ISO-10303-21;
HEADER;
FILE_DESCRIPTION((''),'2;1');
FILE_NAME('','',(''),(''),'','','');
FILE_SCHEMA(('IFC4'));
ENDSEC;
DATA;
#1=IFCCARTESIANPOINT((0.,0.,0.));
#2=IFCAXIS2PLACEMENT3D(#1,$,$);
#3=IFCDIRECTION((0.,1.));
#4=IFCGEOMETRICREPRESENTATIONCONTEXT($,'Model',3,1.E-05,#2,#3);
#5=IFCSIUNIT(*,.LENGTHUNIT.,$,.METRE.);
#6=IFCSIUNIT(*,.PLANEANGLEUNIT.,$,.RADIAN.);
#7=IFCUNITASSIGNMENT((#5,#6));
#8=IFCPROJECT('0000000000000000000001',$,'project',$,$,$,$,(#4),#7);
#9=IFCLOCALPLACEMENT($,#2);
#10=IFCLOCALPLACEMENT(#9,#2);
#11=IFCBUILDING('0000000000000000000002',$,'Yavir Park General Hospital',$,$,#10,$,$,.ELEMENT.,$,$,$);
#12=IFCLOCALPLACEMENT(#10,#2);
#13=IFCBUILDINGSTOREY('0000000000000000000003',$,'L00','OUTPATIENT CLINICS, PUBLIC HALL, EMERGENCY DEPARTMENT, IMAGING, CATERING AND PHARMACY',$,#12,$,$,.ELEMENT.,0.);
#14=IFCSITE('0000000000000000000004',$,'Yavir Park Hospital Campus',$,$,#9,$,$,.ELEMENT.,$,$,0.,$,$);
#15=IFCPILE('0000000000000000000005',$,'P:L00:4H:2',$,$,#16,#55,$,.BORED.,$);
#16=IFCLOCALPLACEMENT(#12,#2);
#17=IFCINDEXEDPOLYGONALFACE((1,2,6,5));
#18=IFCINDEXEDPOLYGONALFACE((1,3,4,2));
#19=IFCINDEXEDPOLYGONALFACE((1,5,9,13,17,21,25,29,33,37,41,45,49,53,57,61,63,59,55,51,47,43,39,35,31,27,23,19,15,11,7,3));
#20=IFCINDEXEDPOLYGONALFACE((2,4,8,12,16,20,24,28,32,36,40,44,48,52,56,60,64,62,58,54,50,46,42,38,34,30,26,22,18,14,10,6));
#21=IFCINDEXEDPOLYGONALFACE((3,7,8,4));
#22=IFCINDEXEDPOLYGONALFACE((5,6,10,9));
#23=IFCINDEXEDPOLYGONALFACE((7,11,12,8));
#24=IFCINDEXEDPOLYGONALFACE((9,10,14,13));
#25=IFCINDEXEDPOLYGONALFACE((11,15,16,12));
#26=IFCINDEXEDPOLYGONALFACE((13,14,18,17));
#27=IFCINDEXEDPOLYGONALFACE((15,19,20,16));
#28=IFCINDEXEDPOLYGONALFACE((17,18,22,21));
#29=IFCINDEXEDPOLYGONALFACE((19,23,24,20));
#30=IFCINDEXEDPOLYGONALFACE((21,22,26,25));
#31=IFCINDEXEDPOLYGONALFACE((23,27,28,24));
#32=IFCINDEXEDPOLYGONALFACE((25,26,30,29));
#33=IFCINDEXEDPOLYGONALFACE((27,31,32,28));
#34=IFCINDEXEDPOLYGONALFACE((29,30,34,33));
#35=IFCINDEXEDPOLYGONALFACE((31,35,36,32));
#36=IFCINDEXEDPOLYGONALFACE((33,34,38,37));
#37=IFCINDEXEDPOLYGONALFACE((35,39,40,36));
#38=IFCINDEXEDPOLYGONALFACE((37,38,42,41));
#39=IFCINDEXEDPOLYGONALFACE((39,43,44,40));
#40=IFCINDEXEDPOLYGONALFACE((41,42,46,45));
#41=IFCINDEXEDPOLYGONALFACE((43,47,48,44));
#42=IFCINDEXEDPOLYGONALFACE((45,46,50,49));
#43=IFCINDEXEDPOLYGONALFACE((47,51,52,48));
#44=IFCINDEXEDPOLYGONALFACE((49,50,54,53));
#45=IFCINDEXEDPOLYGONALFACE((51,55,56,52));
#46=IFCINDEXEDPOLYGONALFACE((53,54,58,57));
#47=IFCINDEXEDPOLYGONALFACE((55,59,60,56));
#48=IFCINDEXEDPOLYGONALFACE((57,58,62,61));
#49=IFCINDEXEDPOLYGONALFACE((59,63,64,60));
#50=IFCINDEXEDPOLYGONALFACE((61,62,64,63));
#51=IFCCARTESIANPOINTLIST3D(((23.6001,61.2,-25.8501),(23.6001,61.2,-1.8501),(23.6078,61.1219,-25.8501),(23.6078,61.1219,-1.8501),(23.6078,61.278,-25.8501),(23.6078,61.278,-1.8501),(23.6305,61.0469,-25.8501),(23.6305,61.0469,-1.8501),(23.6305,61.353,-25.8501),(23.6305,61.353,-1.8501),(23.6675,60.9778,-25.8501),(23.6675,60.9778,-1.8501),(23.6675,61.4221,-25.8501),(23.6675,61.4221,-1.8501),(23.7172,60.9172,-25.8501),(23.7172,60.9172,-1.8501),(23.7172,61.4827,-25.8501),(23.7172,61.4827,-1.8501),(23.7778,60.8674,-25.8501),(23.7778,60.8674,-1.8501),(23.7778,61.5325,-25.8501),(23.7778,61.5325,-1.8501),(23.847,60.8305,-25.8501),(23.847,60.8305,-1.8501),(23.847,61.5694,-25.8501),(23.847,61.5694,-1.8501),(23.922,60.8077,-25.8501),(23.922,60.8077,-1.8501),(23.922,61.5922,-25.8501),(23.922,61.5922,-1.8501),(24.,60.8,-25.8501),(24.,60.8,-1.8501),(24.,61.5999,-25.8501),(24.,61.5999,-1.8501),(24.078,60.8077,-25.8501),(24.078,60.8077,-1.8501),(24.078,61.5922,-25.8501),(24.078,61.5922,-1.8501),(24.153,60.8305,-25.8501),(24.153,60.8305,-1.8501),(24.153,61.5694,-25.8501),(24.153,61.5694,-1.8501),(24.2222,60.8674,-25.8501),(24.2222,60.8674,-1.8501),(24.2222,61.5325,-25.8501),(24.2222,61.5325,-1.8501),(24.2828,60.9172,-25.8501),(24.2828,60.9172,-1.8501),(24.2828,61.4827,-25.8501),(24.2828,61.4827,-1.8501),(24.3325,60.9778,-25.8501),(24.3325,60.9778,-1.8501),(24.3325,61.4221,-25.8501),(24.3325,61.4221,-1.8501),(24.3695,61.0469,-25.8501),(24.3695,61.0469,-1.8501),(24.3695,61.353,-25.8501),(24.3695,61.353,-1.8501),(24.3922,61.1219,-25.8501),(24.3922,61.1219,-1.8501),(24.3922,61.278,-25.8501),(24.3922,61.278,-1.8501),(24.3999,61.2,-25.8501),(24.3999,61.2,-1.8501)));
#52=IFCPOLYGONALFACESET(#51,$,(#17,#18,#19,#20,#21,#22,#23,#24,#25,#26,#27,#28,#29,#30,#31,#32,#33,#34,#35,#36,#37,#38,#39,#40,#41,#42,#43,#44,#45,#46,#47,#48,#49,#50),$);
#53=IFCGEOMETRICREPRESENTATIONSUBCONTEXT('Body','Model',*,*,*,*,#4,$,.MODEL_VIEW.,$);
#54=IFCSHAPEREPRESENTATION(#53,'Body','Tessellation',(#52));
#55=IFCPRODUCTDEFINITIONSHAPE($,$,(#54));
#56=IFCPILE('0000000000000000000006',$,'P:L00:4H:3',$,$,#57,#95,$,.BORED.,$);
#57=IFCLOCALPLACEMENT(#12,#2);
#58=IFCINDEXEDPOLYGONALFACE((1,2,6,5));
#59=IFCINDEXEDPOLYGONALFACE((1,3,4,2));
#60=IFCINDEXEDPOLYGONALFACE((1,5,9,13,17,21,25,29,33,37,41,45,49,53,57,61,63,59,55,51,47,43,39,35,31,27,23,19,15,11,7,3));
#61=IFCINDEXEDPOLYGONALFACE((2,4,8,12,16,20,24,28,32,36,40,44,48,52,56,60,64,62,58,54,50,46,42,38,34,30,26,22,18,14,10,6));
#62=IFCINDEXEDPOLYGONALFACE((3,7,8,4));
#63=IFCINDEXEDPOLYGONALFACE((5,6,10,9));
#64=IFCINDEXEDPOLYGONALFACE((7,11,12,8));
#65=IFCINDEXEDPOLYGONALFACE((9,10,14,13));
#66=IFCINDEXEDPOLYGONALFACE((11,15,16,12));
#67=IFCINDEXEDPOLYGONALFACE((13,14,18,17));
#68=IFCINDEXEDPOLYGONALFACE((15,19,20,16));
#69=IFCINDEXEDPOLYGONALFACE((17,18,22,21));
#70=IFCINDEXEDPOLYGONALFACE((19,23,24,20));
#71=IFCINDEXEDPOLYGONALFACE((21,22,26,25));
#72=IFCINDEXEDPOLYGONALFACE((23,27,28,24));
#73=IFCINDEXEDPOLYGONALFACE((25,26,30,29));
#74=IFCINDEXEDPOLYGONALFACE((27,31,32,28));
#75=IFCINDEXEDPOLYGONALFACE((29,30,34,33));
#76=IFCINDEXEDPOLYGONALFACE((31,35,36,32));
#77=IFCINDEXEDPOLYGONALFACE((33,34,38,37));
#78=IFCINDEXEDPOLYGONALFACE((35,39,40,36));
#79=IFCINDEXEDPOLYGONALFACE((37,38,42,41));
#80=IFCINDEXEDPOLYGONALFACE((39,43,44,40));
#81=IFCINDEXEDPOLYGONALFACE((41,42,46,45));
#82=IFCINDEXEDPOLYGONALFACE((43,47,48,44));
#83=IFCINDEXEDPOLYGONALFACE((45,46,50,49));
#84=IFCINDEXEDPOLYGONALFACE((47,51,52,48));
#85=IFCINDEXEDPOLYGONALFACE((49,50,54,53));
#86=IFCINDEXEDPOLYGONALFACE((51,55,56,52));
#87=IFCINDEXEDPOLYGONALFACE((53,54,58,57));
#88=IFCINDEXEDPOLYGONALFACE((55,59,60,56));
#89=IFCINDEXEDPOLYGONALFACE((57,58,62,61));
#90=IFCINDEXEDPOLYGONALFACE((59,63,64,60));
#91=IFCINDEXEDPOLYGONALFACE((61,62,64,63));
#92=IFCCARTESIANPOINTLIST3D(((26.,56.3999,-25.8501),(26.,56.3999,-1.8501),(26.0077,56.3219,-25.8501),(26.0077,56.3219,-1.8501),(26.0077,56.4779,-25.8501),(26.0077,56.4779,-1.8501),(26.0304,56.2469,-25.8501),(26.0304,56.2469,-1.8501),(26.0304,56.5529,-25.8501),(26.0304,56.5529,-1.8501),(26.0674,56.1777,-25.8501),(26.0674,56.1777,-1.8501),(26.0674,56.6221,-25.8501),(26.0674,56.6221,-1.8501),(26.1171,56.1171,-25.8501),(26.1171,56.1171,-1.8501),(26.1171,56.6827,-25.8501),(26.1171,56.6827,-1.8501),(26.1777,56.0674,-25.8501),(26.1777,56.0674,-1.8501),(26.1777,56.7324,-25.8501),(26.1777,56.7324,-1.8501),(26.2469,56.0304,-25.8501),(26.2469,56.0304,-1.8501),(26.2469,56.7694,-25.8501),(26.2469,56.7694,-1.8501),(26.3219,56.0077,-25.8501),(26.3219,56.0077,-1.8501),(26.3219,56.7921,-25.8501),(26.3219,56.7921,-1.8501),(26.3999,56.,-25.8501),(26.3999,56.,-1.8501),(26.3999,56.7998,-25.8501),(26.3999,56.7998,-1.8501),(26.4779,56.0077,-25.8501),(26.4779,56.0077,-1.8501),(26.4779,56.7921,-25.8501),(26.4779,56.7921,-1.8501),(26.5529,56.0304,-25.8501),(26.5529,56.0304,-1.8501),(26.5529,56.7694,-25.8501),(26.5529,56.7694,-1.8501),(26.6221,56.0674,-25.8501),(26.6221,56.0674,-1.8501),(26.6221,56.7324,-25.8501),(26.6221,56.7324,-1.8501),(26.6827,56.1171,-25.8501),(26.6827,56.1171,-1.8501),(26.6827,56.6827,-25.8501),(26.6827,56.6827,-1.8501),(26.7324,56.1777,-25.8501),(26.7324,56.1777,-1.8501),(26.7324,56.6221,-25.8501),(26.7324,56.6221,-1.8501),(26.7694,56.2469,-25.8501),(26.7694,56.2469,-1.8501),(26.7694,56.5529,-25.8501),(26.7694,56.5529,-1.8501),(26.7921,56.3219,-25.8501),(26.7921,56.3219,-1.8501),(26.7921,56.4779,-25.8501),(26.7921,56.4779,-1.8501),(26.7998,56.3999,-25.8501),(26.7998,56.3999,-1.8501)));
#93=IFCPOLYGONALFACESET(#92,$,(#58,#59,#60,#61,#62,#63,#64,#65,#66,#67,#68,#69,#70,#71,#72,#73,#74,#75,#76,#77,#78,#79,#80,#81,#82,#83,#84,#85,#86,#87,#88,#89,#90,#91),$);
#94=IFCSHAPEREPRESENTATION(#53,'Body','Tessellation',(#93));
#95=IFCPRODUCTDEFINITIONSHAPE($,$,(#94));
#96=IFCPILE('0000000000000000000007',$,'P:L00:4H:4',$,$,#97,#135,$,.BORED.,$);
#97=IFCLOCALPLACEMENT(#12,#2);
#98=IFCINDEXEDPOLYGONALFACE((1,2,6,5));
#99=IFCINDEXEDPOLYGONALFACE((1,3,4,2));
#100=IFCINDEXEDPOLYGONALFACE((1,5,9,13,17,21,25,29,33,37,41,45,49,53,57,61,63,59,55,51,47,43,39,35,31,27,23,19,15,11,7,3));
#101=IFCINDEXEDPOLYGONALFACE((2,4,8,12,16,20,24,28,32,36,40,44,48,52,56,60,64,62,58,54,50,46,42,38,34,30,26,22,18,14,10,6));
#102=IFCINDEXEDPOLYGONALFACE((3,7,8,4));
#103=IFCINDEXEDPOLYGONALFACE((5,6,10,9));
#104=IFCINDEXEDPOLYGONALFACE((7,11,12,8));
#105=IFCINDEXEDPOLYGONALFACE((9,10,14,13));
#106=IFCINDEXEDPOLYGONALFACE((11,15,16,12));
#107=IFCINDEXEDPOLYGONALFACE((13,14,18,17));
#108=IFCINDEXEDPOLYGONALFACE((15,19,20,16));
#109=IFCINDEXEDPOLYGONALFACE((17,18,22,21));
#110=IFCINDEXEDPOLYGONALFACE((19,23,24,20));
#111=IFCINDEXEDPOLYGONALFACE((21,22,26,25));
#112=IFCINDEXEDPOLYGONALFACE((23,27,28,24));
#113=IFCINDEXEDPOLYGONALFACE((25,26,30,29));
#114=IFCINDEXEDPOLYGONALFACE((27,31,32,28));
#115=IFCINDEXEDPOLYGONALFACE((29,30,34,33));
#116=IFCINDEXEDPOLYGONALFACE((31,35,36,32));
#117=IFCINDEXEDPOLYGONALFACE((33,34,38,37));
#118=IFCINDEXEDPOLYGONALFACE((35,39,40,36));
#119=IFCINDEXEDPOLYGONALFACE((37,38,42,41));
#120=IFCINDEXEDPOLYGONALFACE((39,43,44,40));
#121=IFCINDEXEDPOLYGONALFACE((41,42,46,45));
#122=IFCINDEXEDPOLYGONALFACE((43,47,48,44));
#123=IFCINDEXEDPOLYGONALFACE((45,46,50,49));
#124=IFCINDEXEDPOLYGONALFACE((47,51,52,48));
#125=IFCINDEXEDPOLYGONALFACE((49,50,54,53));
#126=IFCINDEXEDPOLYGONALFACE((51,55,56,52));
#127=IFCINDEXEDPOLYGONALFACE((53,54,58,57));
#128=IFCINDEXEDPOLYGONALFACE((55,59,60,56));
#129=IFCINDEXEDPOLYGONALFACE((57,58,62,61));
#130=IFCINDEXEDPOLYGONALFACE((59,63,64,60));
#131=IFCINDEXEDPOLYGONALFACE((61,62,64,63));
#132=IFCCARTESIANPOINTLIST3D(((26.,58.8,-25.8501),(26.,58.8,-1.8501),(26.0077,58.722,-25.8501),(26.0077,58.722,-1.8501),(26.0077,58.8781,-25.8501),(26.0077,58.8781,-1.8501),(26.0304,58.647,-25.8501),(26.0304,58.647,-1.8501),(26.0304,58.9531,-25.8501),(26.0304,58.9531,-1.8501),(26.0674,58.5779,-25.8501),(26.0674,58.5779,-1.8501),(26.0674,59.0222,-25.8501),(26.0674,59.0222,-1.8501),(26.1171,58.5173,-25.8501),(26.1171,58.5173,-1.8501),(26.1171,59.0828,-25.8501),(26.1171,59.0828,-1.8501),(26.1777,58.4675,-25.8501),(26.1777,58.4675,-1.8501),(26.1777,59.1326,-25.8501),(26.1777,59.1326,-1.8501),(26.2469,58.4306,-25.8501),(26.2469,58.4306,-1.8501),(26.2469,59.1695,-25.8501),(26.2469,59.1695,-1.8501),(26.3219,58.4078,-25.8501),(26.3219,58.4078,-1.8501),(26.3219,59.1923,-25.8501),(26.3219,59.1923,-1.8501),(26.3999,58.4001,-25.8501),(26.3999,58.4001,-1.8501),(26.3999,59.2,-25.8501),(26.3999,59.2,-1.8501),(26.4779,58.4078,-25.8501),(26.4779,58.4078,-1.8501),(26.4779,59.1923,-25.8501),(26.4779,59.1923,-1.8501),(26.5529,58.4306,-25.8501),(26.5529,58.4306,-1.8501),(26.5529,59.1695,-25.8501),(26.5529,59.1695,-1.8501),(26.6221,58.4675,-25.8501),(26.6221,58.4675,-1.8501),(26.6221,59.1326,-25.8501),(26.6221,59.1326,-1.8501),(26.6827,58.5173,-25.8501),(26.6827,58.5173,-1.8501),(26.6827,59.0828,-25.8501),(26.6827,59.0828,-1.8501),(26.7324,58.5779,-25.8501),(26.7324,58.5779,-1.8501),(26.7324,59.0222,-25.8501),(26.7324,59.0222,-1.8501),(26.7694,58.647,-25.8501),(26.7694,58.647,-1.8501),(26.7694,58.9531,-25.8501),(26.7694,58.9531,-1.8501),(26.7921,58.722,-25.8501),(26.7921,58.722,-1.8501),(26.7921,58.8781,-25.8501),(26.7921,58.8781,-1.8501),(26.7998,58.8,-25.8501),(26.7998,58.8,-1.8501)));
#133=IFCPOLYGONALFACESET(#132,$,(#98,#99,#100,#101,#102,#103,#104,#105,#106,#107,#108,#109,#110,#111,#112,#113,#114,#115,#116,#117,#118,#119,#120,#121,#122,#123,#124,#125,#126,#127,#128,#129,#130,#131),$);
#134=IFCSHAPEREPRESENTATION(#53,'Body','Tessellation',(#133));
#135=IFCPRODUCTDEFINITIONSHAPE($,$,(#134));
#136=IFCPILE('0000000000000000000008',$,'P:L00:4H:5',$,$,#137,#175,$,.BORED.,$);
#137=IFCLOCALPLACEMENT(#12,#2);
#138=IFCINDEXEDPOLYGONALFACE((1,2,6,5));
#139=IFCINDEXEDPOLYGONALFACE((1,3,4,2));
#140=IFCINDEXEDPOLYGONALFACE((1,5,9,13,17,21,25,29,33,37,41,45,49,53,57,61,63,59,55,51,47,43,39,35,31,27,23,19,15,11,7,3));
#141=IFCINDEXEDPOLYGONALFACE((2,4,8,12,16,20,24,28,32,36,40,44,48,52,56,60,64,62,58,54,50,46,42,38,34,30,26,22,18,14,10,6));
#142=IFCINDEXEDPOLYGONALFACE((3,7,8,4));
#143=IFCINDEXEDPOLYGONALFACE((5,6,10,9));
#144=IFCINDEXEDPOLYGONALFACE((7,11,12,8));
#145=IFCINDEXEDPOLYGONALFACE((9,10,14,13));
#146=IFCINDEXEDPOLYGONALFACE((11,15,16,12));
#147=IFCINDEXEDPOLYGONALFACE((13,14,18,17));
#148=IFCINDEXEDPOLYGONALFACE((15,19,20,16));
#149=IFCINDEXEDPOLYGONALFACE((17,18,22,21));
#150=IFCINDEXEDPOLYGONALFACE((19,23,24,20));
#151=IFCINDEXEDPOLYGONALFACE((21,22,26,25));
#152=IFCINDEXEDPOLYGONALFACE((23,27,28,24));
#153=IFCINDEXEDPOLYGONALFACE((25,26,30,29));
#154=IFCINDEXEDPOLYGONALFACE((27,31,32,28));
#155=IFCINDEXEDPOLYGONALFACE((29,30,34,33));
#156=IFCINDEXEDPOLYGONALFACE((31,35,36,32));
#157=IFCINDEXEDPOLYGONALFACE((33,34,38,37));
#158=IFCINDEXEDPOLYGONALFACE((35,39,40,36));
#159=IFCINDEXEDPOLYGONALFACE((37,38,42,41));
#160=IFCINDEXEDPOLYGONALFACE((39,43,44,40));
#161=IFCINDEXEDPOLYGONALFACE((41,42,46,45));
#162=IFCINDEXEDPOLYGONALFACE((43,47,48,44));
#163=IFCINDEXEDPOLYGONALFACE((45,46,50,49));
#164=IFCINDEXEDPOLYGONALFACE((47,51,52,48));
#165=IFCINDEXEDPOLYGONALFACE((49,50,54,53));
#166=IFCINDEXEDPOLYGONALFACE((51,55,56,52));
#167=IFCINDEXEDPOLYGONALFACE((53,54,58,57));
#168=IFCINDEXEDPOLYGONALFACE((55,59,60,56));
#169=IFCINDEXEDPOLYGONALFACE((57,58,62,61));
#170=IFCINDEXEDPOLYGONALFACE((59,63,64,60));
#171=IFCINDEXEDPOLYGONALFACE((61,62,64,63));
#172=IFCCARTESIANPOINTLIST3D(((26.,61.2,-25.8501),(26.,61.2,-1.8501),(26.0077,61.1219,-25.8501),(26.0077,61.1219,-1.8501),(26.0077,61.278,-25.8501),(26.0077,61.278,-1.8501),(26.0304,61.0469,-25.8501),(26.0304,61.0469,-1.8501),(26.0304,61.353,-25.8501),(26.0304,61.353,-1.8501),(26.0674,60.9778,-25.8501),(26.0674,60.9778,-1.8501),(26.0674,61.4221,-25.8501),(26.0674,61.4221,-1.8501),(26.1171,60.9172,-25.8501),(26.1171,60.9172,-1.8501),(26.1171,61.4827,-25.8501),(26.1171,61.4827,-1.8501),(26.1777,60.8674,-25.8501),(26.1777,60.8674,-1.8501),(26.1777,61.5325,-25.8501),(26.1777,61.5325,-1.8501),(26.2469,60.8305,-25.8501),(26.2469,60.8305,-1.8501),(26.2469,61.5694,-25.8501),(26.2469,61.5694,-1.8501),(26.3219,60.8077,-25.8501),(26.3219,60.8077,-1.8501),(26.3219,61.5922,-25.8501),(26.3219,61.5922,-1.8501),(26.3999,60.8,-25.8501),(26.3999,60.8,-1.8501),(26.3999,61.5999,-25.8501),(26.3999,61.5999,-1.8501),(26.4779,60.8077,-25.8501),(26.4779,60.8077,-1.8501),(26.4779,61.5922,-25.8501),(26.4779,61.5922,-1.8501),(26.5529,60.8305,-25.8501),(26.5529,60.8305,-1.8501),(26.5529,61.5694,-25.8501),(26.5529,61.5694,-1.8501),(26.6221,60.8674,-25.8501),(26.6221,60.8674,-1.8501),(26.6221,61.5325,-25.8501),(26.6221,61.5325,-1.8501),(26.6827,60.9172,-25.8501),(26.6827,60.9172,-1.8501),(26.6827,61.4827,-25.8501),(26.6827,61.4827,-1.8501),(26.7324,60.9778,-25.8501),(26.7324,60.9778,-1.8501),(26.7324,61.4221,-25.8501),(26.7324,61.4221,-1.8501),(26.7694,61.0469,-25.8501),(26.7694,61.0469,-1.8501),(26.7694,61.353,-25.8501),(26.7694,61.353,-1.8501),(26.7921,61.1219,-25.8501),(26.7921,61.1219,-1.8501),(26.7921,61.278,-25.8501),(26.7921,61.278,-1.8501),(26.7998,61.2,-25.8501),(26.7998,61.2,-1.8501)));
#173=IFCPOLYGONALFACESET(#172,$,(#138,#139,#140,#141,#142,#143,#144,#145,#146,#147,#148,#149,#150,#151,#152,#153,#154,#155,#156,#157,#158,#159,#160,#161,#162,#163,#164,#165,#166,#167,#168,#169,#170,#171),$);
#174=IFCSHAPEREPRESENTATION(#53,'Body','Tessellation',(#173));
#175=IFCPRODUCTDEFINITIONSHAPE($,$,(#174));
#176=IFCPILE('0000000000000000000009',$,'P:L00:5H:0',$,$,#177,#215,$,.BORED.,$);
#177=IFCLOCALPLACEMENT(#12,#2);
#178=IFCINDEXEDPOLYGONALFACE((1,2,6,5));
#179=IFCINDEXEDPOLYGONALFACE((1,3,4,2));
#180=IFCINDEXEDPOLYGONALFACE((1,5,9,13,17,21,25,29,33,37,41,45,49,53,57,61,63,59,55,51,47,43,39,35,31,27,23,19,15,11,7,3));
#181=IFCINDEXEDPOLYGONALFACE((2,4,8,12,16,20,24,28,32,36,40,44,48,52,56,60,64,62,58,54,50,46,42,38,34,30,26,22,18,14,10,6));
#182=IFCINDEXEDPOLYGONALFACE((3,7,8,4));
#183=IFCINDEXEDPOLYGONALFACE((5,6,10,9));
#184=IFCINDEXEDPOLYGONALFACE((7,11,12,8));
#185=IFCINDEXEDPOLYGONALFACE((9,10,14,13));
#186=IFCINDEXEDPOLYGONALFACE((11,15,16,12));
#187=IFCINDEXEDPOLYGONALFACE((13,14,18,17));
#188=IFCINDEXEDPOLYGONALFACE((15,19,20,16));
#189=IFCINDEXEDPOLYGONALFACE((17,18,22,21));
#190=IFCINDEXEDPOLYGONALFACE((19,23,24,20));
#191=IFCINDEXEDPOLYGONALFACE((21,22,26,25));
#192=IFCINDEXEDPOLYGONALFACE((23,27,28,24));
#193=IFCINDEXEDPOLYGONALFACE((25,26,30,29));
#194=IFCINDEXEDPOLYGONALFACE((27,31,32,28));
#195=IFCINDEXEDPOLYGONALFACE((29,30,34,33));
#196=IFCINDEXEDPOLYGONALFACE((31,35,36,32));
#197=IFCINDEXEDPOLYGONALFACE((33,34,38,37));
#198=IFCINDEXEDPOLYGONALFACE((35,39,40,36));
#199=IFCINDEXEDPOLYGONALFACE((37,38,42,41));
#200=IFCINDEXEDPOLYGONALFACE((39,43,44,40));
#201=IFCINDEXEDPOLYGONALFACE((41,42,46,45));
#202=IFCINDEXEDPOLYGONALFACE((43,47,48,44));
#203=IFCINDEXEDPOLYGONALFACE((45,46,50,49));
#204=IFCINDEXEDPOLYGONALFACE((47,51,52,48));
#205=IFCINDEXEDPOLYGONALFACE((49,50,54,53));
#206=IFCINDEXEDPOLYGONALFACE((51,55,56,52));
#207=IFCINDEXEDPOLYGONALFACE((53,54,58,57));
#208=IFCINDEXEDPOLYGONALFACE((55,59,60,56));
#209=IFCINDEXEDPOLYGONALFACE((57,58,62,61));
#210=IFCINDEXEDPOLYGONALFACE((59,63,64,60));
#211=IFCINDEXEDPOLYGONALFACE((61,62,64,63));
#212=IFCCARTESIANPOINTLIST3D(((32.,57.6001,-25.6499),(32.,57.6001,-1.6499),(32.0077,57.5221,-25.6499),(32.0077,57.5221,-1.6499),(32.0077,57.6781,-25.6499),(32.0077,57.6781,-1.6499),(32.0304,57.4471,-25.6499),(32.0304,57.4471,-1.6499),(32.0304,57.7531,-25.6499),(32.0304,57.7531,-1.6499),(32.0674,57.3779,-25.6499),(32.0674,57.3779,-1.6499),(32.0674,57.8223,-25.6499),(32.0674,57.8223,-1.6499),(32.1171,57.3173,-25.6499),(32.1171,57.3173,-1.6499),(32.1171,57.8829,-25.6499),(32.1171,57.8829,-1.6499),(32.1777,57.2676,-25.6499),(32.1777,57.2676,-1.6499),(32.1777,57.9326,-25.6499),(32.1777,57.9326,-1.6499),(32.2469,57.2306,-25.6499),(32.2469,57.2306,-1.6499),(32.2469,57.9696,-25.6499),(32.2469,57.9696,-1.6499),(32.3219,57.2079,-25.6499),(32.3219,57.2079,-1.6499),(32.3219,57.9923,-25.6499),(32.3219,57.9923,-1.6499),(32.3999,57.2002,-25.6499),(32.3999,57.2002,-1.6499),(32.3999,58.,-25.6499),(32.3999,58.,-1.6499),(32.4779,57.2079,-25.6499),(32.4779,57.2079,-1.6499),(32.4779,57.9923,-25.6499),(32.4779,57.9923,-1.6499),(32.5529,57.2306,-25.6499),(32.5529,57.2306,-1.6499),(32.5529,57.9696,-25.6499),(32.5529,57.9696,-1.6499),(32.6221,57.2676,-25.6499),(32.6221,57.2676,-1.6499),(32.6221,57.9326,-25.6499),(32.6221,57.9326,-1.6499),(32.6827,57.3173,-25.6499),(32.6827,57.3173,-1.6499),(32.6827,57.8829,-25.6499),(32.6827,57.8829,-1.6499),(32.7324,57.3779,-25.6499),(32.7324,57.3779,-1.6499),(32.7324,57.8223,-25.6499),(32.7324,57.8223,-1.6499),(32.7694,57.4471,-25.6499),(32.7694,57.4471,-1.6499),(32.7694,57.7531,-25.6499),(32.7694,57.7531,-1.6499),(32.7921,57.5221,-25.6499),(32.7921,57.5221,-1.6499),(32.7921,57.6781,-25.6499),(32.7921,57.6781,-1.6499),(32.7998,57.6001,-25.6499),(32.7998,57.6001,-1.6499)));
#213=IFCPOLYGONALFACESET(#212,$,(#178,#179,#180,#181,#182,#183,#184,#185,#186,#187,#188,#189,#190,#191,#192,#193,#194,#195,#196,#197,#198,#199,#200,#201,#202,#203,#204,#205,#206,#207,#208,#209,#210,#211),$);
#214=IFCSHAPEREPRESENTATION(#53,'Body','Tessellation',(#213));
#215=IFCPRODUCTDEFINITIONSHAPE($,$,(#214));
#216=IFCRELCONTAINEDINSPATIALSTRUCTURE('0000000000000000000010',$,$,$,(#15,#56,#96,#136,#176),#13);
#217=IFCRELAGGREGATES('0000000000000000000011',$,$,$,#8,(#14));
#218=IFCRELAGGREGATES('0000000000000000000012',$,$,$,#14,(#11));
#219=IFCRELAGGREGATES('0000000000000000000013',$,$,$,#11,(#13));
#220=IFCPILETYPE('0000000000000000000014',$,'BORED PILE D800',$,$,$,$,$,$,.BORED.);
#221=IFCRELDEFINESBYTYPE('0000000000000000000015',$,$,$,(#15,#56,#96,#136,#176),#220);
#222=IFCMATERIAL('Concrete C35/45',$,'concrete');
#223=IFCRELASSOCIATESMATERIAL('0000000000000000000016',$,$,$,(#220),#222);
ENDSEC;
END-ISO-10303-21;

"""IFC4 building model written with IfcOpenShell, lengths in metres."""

from ifc_helpers import new_model, si_unit, direction, frame, origin, origin_2d, place, context, subcontext, project, spatial, circle, extrude, material, material_profile, profile_set, type_object, element, save


model = new_model("IFC4")

# Units and contexts
model_context = context("Model", 3, precision=1e-05, world=origin(), true_north=direction((0.0, 1.0)))
body_context = subcontext(model_context, "Body", "Model", "MODEL_VIEW")
ifc_project = project(units=[si_unit("LENGTHUNIT", "METRE"), si_unit("PLANEANGLEUNIT", "RADIAN")], contexts=[model_context])

# Site, building, storey
site_placement = place(None, origin())
site = spatial("IfcSite", under=ifc_project, at=site_placement, Name="Yavir Park Hospital Campus", CompositionType="ELEMENT", RefElevation=0.0)
building_placement = place(site_placement, origin())
building = spatial("IfcBuilding", under=site, at=building_placement, Name="Yavir Park General Hospital", CompositionType="ELEMENT")
storey_placement = place(building_placement, origin())
storey = spatial("IfcBuildingStorey", under=building, at=storey_placement, Name="L00", Description="OUTPATIENT CLINICS, PUBLIC HALL, EMERGENCY DEPARTMENT, IMAGING, CATERING AND PHARMACY", CompositionType="ELEMENT", Elevation=0.0)

# Piles
ifc_material_1 = material(Name="Concrete C35/45", Category="concrete")
ifc_material_profile_1 = material_profile(ifc_material_1, circle(Radius=0.3999, at=origin_2d()), Name="D800")
ifc_profile_set_1 = profile_set([ifc_material_profile_1], Name="Concrete C35/45")
pile_type = type_object("IfcPileType", Name="BORED PILE D800", PredefinedType="BORED", material=ifc_profile_set_1)
for number, where, z_axis, x_axis, name in (
    (1, (24.0, 61.2, -1.8501), (0.0, 0.0, -1.0), (1.0, 0.0, 0.0), "P:L00:4H:2"),
    (2, (26.3999, 56.3999, -1.8501), (0.0, 0.0, -1.0), (1.0, 0.0, 0.0), "P:L00:4H:3"),
    (3, (26.3999, 58.8, -1.8501), (0.0, 0.0, -1.0), (1.0, 0.0, 0.0), "P:L00:4H:4"),
    (4, (26.3999, 61.2, -1.8501), (0.0, 0.0, -1.0), (1.0, 0.0, 0.0), "P:L00:4H:5"),
    (5, (32.3999, 57.6001, -1.6499), (0.0, 0.0, -1.0), (1.0, 0.0, 0.0), "P:L00:5H:0"),
):
    element("IfcPile", number, at=place(storey_placement, frame(where, z_axis=z_axis, x_axis=x_axis)), inside=storey, type_object=pile_type, Name=name, PredefinedType="BORED", context=body_context, shape_type="SweptSolid", body=[
        extrude(circle(Radius=0.3999, at=origin_2d()), origin(), (0.0, 0.0, 1.0), 24.0),
    ])

save(model, "model.ifc")
